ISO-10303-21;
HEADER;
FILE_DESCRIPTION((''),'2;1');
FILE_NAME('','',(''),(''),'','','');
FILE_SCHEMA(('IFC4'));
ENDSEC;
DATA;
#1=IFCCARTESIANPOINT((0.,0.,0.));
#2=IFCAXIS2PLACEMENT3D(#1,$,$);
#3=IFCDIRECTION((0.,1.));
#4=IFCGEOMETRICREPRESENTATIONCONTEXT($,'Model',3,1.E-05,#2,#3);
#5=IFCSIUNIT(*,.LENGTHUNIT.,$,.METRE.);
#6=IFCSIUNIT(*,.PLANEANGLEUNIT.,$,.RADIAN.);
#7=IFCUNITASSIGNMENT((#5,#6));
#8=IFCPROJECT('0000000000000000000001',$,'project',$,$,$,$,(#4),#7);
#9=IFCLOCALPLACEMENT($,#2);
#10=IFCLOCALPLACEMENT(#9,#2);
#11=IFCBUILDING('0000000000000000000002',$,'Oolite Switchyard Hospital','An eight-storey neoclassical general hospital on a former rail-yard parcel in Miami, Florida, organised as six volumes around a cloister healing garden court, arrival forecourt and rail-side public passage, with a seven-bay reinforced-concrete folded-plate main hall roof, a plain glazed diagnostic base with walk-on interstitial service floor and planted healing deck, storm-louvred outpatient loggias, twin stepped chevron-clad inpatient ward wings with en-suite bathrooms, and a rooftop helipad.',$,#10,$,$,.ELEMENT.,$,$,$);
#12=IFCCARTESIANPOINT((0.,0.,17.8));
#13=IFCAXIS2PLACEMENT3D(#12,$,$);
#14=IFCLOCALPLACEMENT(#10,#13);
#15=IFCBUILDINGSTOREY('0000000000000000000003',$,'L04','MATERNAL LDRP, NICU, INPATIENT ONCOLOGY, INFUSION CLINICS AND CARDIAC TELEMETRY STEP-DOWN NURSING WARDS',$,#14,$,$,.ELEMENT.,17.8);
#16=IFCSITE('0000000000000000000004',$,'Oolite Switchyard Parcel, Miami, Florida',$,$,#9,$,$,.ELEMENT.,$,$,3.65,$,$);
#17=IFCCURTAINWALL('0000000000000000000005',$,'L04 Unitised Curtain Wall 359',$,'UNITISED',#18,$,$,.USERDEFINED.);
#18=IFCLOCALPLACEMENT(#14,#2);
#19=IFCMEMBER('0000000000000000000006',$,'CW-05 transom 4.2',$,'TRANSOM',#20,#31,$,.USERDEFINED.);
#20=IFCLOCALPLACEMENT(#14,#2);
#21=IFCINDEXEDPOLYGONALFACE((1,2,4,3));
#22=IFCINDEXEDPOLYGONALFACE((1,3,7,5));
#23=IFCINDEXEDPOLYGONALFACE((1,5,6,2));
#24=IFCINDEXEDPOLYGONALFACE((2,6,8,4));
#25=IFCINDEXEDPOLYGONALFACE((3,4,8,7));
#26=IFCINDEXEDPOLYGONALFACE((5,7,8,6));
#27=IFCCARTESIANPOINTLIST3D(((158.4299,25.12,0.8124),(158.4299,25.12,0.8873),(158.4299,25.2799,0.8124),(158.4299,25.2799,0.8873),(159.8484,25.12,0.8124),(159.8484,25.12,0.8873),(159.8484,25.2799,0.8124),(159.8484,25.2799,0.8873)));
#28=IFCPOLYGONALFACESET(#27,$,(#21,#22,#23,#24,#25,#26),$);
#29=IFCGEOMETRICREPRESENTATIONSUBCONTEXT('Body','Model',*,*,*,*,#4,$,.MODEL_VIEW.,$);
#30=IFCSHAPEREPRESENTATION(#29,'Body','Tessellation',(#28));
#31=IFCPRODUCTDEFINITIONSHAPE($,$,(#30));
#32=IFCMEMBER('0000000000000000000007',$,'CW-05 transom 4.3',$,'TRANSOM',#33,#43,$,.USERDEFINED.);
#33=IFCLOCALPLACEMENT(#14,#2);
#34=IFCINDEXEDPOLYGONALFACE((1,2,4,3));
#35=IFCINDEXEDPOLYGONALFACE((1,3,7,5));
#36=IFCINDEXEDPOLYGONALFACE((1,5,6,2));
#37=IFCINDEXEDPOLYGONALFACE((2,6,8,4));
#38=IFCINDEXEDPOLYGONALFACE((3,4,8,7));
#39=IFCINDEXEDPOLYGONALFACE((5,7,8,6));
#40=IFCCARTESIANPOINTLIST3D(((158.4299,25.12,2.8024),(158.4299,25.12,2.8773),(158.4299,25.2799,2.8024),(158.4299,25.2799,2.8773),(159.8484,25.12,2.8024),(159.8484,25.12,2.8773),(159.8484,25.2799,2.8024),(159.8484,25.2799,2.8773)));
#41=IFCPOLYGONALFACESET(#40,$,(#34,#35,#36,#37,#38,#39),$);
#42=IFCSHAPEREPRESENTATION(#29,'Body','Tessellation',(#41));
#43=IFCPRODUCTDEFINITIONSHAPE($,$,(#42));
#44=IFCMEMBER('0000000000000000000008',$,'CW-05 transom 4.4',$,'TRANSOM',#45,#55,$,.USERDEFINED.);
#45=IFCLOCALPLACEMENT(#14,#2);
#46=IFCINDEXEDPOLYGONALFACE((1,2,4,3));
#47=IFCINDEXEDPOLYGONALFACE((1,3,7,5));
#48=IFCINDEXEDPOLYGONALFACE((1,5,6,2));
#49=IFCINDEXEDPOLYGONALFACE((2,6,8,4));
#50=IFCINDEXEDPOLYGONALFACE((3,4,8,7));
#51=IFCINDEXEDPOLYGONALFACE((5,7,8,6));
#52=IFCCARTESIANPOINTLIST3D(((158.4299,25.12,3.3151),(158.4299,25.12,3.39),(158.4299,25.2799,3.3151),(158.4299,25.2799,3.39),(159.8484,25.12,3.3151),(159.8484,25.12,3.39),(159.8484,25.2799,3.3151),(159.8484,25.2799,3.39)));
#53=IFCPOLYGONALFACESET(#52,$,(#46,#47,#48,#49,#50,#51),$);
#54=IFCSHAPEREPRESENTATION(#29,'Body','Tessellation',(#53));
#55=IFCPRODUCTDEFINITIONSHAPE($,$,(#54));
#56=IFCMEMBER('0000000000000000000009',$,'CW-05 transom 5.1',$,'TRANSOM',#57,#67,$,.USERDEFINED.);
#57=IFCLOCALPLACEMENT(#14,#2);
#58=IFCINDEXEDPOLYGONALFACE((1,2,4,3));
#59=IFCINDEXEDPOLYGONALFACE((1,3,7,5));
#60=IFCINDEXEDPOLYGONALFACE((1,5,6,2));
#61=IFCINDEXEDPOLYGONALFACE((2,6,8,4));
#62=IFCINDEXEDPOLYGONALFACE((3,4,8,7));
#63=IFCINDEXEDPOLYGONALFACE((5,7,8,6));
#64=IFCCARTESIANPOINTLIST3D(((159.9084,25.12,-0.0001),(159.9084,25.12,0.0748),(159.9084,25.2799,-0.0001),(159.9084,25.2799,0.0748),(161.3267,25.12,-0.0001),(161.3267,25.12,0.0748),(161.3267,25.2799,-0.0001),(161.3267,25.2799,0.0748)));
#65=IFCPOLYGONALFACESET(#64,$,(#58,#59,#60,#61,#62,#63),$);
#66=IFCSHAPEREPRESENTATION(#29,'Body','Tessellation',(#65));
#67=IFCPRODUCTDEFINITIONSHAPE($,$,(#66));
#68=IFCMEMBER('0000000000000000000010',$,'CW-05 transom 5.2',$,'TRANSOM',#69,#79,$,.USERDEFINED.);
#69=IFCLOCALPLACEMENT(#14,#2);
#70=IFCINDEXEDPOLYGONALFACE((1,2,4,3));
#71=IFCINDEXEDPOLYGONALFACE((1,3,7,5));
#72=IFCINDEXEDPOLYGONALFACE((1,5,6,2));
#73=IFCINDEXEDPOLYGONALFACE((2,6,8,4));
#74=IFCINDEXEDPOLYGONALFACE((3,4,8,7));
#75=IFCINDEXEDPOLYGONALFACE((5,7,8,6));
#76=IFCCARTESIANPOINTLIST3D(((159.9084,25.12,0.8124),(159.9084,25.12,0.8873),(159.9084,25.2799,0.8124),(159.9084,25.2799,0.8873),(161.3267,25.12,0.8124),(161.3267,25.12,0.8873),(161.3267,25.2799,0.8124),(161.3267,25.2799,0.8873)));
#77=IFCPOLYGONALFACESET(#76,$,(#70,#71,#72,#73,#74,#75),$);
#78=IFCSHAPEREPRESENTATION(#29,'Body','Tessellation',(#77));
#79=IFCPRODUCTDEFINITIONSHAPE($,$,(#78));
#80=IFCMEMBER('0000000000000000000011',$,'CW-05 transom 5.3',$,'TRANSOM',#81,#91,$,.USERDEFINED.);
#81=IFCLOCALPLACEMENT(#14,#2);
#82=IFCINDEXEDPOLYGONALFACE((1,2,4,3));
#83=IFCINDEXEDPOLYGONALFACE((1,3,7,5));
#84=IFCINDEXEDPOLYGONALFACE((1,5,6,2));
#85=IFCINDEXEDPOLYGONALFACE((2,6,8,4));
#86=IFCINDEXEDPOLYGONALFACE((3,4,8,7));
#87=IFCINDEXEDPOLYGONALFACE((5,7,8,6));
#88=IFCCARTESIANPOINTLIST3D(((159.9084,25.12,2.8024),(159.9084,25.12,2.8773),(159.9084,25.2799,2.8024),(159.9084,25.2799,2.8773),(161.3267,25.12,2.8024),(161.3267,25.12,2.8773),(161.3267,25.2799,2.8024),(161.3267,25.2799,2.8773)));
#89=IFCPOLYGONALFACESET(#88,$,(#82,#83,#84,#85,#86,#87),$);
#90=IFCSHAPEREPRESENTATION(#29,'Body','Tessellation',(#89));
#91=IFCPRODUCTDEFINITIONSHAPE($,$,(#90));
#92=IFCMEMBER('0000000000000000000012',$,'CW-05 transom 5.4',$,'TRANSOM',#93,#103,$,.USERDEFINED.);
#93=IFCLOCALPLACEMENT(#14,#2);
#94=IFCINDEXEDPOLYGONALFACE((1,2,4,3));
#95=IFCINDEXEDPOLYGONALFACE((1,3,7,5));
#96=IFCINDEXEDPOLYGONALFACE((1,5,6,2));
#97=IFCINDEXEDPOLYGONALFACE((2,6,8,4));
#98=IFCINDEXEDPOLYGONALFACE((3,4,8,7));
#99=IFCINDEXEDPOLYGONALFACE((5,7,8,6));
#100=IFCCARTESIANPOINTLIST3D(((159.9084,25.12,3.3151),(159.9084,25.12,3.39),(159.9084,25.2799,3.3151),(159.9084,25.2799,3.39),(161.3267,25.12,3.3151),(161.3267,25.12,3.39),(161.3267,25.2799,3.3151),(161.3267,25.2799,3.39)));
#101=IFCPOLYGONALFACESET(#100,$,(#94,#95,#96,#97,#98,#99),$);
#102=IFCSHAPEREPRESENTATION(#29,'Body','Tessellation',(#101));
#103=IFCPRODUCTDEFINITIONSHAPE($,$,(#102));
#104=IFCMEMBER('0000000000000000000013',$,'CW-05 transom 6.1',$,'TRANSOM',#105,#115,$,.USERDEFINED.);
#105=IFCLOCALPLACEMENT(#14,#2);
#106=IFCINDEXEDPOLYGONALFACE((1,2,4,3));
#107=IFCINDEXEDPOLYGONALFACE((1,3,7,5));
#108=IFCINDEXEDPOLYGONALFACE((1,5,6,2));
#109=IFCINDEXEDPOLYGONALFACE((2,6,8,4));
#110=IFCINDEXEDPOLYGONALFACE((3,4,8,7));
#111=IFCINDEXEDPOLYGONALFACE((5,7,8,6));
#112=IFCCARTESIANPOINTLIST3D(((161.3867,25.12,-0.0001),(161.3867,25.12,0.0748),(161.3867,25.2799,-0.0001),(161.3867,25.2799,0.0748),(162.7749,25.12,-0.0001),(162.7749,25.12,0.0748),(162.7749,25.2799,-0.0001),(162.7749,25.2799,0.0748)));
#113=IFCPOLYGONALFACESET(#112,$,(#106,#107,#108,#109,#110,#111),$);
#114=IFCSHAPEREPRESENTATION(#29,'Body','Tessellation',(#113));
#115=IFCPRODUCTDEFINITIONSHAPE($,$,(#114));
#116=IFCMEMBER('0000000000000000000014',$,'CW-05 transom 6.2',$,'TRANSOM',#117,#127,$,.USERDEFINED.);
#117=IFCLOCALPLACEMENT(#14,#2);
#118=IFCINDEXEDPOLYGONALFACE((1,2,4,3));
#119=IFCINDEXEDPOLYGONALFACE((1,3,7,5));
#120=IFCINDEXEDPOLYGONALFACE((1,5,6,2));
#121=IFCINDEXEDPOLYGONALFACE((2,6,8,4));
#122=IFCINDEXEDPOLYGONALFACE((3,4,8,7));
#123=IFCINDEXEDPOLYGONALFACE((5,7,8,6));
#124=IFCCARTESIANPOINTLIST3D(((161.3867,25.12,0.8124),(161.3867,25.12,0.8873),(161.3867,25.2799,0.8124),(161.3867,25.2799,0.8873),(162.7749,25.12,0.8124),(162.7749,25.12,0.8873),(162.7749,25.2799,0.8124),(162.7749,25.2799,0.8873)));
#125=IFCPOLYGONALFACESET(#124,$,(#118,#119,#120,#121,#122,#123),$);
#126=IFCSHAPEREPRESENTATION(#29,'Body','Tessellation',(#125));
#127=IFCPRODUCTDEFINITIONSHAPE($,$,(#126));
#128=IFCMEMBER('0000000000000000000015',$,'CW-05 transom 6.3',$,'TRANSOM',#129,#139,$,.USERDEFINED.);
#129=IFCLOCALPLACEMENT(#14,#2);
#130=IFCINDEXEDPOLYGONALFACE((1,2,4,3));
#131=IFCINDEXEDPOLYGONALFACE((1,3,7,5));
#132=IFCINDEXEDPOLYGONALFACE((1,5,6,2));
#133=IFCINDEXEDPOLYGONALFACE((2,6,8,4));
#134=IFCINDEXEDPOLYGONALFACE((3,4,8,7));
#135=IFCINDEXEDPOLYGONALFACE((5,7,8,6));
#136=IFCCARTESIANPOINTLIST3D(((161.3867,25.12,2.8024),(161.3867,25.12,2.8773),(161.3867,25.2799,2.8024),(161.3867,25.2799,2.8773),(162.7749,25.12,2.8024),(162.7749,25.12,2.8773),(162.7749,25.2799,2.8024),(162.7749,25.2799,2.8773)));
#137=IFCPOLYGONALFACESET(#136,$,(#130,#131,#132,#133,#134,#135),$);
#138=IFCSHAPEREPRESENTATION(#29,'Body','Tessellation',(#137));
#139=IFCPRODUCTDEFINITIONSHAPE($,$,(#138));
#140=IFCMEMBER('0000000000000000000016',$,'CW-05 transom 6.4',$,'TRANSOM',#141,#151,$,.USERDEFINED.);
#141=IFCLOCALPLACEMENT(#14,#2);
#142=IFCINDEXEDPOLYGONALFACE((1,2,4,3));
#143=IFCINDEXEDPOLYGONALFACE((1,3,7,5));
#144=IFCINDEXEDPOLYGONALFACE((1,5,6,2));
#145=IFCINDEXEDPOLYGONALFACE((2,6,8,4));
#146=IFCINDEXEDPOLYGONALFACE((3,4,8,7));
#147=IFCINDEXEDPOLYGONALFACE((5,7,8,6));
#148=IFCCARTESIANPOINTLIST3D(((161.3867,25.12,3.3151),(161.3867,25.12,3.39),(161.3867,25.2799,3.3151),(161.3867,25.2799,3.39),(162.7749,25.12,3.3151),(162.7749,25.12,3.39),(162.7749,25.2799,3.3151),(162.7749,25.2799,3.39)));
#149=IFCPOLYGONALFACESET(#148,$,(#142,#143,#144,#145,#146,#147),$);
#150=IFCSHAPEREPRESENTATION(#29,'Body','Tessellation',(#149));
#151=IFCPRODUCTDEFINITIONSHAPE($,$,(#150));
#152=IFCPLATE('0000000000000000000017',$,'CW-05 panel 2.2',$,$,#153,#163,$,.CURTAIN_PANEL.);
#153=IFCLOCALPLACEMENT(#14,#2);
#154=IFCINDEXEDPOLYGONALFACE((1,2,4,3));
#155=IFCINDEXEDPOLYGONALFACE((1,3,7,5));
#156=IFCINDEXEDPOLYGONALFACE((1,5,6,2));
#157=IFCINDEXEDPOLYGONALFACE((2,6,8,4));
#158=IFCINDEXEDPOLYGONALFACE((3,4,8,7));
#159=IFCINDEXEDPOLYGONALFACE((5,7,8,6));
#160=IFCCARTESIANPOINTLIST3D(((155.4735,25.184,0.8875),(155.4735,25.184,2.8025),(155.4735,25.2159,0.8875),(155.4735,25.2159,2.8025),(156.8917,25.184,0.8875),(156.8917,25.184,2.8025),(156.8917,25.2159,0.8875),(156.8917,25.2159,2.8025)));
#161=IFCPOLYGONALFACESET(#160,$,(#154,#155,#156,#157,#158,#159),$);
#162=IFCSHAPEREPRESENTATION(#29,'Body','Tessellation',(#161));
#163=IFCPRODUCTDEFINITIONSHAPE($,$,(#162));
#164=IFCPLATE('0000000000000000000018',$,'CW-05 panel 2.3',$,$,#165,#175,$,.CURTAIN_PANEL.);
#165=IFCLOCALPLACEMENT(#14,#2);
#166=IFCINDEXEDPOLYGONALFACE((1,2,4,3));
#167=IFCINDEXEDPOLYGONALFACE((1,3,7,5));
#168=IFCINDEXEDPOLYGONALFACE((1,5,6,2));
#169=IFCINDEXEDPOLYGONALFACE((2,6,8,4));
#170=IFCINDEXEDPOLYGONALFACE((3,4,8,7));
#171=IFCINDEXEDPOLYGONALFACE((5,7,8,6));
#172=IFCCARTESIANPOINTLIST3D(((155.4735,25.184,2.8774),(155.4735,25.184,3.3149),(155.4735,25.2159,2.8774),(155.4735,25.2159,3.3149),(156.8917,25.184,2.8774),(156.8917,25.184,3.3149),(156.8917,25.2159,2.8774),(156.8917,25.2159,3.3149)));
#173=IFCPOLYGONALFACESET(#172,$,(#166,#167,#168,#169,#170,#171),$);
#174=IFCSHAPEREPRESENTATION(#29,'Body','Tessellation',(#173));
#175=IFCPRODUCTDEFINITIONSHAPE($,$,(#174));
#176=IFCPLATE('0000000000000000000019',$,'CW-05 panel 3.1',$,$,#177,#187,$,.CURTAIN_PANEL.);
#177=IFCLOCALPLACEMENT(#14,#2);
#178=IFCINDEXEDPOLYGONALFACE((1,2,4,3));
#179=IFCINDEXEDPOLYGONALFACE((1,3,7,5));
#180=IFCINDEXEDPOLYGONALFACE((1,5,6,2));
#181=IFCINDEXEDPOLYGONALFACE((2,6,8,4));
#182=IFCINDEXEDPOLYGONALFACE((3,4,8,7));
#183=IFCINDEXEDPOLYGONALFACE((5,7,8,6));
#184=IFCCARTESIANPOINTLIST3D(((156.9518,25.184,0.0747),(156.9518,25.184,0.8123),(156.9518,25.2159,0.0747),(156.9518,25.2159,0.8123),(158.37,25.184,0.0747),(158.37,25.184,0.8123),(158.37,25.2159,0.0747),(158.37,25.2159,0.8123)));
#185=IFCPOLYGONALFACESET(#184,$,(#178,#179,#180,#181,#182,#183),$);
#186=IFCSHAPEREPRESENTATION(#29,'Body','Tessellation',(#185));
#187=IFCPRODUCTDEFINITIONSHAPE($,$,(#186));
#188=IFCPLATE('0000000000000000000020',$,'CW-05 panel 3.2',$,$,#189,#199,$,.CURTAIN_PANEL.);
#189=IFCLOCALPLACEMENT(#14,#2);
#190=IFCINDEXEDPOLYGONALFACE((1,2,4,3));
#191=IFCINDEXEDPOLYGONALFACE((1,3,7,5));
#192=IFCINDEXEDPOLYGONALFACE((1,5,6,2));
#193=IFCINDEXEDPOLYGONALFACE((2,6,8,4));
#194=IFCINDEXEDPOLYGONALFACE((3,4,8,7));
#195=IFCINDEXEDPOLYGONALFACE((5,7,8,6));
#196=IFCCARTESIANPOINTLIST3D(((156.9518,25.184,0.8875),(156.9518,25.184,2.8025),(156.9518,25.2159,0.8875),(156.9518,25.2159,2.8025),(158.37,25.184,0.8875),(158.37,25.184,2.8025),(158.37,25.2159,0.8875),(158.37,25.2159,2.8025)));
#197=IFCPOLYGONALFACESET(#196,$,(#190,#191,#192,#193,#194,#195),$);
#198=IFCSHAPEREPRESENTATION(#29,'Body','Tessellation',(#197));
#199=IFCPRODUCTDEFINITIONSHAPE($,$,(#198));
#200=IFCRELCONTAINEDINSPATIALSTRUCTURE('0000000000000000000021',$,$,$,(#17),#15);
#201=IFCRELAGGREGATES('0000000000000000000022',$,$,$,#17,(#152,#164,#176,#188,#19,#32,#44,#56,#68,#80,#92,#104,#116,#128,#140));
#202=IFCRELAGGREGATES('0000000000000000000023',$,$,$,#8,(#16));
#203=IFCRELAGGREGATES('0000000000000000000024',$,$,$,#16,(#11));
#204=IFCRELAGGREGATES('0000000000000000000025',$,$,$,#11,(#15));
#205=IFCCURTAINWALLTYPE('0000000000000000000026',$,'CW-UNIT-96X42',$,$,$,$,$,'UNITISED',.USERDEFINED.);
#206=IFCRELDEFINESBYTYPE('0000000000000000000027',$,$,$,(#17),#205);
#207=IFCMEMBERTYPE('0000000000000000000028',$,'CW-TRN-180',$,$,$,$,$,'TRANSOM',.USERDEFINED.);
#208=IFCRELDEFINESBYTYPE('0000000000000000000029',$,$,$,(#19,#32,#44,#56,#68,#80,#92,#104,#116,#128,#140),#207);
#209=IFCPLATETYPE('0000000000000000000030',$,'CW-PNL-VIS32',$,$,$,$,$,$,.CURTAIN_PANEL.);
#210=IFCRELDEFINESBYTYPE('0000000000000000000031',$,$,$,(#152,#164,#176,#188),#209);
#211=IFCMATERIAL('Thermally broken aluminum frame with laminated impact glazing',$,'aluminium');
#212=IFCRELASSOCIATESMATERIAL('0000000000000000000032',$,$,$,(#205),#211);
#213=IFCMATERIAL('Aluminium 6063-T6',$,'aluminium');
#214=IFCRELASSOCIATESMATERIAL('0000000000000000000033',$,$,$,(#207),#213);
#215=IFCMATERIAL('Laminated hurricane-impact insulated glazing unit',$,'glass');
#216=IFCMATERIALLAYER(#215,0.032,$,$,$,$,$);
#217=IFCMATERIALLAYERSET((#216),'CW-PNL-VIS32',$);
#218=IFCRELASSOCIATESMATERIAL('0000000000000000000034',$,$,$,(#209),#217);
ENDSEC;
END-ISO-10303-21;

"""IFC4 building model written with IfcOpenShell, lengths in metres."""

from ifc_helpers import new_model, si_unit, direction, frame, origin, origin_2d, place, context, subcontext, project, spatial, rectangle, extrude, material, layer, layer_set, material_profile, profile_set, type_object, element, aggregate, save


model = new_model("IFC4")

# Units and contexts
model_context = context("Model", 3, precision=1e-05, world=origin(), true_north=direction((0.0, 1.0)))
body_context = subcontext(model_context, "Body", "Model", "MODEL_VIEW")
ifc_project = project(units=[si_unit("LENGTHUNIT", "METRE"), si_unit("PLANEANGLEUNIT", "RADIAN")], contexts=[model_context])

# Site, building, storey
site_placement = place(None, origin())
site = spatial("IfcSite", under=ifc_project, at=site_placement, Name="Oolite Switchyard Parcel, Miami, Florida", CompositionType="ELEMENT", RefElevation=3.65)
building_placement = place(site_placement, origin())
building = spatial("IfcBuilding", under=site, at=building_placement, Name="Oolite Switchyard Hospital", Description="An eight-storey neoclassical general hospital on a former rail-yard parcel in Miami, Florida, organised as six volumes around a cloister healing garden court, arrival forecourt and rail-side public passage, with a seven-bay reinforced-concrete folded-plate main hall roof, a plain glazed diagnostic base with walk-on interstitial service floor and planted healing deck, storm-louvred outpatient loggias, twin stepped chevron-clad inpatient ward wings with en-suite bathrooms, and a rooftop helipad.", CompositionType="ELEMENT")
storey_placement = place(building_placement, frame((0.0, 0.0, 17.8)))
storey = spatial("IfcBuildingStorey", under=building, at=storey_placement, Name="L04", Description="MATERNAL LDRP, NICU, INPATIENT ONCOLOGY, INFUSION CLINICS AND CARDIAC TELEMETRY STEP-DOWN NURSING WARDS", CompositionType="ELEMENT", Elevation=17.8)

# Curtain wall
ifc_material_1 = material(Name="Thermally broken aluminum frame with laminated impact glazing", Category="aluminium")
curtain_wall_type = type_object("IfcCurtainWallType", Name="CW-UNIT-96X42", ElementType="UNITISED", PredefinedType="USERDEFINED", material=ifc_material_1)
curtain_wall_1_placement = place(storey_placement, origin())
curtain_wall_1 = element("IfcCurtainWall", 1, at=curtain_wall_1_placement, inside=storey, type_object=curtain_wall_type, Name="L04 Unitised Curtain Wall 359", ObjectType="UNITISED", PredefinedType="USERDEFINED")
ifc_material_2 = material(Name="Aluminium 6063-T6", Category="aluminium")

# Members
ifc_material_profile_1 = material_profile(ifc_material_2, rectangle(XDim=0.1599, YDim=0.075, at=origin_2d()), Name="CWT75X160")
ifc_profile_set_1 = profile_set([ifc_material_profile_1], Name="Aluminium 6063-T6")
member_type_1 = type_object("IfcMemberType", Name="CW-TRN-180", ElementType="TRANSOM", PredefinedType="USERDEFINED", material=ifc_profile_set_1)
member_1_placement = place(storey_placement, frame((158.4299, 25.2, 0.8499), z_axis=(1.0, 0.0, 0.0), x_axis=(0.0, 1.0, 0.0)))
member_1 = element("IfcMember", 2, at=member_1_placement, type_object=member_type_1, Name="CW-05 transom 4.2", ObjectType="TRANSOM", PredefinedType="USERDEFINED", context=body_context, shape_type="SweptSolid", body=[
    extrude(rectangle(XDim=0.1599, YDim=0.075, at=origin_2d()), origin(), (0.0, 0.0, 1.0), 1.4185),
])
member_2_placement = place(storey_placement, frame((158.4299, 25.2, 2.8398), z_axis=(1.0, 0.0, 0.0), x_axis=(0.0, 1.0, 0.0)))
member_2 = element("IfcMember", 3, at=member_2_placement, type_object=member_type_1, Name="CW-05 transom 4.3", ObjectType="TRANSOM", PredefinedType="USERDEFINED", context=body_context, shape_type="SweptSolid", body=[
    extrude(rectangle(XDim=0.1599, YDim=0.075, at=origin_2d()), origin(), (0.0, 0.0, 1.0), 1.4185),
])
member_3_placement = place(storey_placement, frame((158.4299, 25.2, 3.3525), z_axis=(1.0, 0.0, 0.0), x_axis=(0.0, 1.0, 0.0)))
member_3 = element("IfcMember", 4, at=member_3_placement, type_object=member_type_1, Name="CW-05 transom 4.4", ObjectType="TRANSOM", PredefinedType="USERDEFINED", context=body_context, shape_type="SweptSolid", body=[
    extrude(rectangle(XDim=0.1599, YDim=0.075, at=origin_2d()), origin(), (0.0, 0.0, 1.0), 1.4185),
])
member_4_placement = place(storey_placement, frame((159.9084, 25.2, 0.0374), z_axis=(1.0, 0.0, 0.0), x_axis=(0.0, 1.0, 0.0)))
member_4 = element("IfcMember", 5, at=member_4_placement, type_object=member_type_1, Name="CW-05 transom 5.1", ObjectType="TRANSOM", PredefinedType="USERDEFINED", context=body_context, shape_type="SweptSolid", body=[
    extrude(rectangle(XDim=0.1599, YDim=0.075, at=origin_2d()), origin(), (0.0, 0.0, 1.0), 1.4182),
])
member_5_placement = place(storey_placement, frame((159.9084, 25.2, 0.8499), z_axis=(1.0, 0.0, 0.0), x_axis=(0.0, 1.0, 0.0)))
member_5 = element("IfcMember", 6, at=member_5_placement, type_object=member_type_1, Name="CW-05 transom 5.2", ObjectType="TRANSOM", PredefinedType="USERDEFINED", context=body_context, shape_type="SweptSolid", body=[
    extrude(rectangle(XDim=0.1599, YDim=0.075, at=origin_2d()), origin(), (0.0, 0.0, 1.0), 1.4182),
])
member_6_placement = place(storey_placement, frame((159.9084, 25.2, 2.8398), z_axis=(1.0, 0.0, 0.0), x_axis=(0.0, 1.0, 0.0)))
member_6 = element("IfcMember", 7, at=member_6_placement, type_object=member_type_1, Name="CW-05 transom 5.3", ObjectType="TRANSOM", PredefinedType="USERDEFINED", context=body_context, shape_type="SweptSolid", body=[
    extrude(rectangle(XDim=0.1599, YDim=0.075, at=origin_2d()), origin(), (0.0, 0.0, 1.0), 1.4182),
])
member_7_placement = place(storey_placement, frame((159.9084, 25.2, 3.3525), z_axis=(1.0, 0.0, 0.0), x_axis=(0.0, 1.0, 0.0)))
member_7 = element("IfcMember", 8, at=member_7_placement, type_object=member_type_1, Name="CW-05 transom 5.4", ObjectType="TRANSOM", PredefinedType="USERDEFINED", context=body_context, shape_type="SweptSolid", body=[
    extrude(rectangle(XDim=0.1599, YDim=0.075, at=origin_2d()), origin(), (0.0, 0.0, 1.0), 1.4182),
])
member_8_placement = place(storey_placement, frame((161.3867, 25.2, 0.0374), z_axis=(1.0, 0.0, 0.0), x_axis=(0.0, 1.0, 0.0)))
member_8 = element("IfcMember", 9, at=member_8_placement, type_object=member_type_1, Name="CW-05 transom 6.1", ObjectType="TRANSOM", PredefinedType="USERDEFINED", context=body_context, shape_type="SweptSolid", body=[
    extrude(rectangle(XDim=0.1599, YDim=0.075, at=origin_2d()), origin(), (0.0, 0.0, 1.0), 1.3882),
])
member_9_placement = place(storey_placement, frame((161.3867, 25.2, 0.8499), z_axis=(1.0, 0.0, 0.0), x_axis=(0.0, 1.0, 0.0)))
member_9 = element("IfcMember", 10, at=member_9_placement, type_object=member_type_1, Name="CW-05 transom 6.2", ObjectType="TRANSOM", PredefinedType="USERDEFINED", context=body_context, shape_type="SweptSolid", body=[
    extrude(rectangle(XDim=0.1599, YDim=0.075, at=origin_2d()), origin(), (0.0, 0.0, 1.0), 1.3882),
])
member_10_placement = place(storey_placement, frame((161.3867, 25.2, 2.8398), z_axis=(1.0, 0.0, 0.0), x_axis=(0.0, 1.0, 0.0)))
member_10 = element("IfcMember", 11, at=member_10_placement, type_object=member_type_1, Name="CW-05 transom 6.3", ObjectType="TRANSOM", PredefinedType="USERDEFINED", context=body_context, shape_type="SweptSolid", body=[
    extrude(rectangle(XDim=0.1599, YDim=0.075, at=origin_2d()), origin(), (0.0, 0.0, 1.0), 1.3882),
])
member_11_placement = place(storey_placement, frame((161.3867, 25.2, 3.3525), z_axis=(1.0, 0.0, 0.0), x_axis=(0.0, 1.0, 0.0)))
member_11 = element("IfcMember", 12, at=member_11_placement, type_object=member_type_1, Name="CW-05 transom 6.4", ObjectType="TRANSOM", PredefinedType="USERDEFINED", context=body_context, shape_type="SweptSolid", body=[
    extrude(rectangle(XDim=0.1599, YDim=0.075, at=origin_2d()), origin(), (0.0, 0.0, 1.0), 1.3882),
])

# Plates
ifc_material_3 = material(Name="Laminated hurricane-impact insulated glazing unit", Category="glass")
ifc_layer = layer(ifc_material_3, 0.032)
ifc_layer_set = layer_set([ifc_layer], Name="CW-PNL-VIS32")
plate_type = type_object("IfcPlateType", Name="CW-PNL-VIS32", PredefinedType="CURTAIN_PANEL", material=ifc_layer_set)
plate_1_placement = place(storey_placement, frame((156.1826, 25.2, 0.8875), z_axis=(0.0, 0.0, 1.0), x_axis=(1.0, 0.0, 0.0)))
plate_1 = element("IfcPlate", 13, at=plate_1_placement, type_object=plate_type, Name="CW-05 panel 2.2", PredefinedType="CURTAIN_PANEL", context=body_context, shape_type="SweptSolid", body=[
    extrude(rectangle(XDim=1.4182, YDim=0.032, at=origin_2d()), origin(), (0.0, 0.0, 1.0), 1.915),
])
plate_2_placement = place(storey_placement, frame((156.1826, 25.2, 2.8774), z_axis=(0.0, 0.0, 1.0), x_axis=(1.0, 0.0, 0.0)))
plate_2 = element("IfcPlate", 14, at=plate_2_placement, type_object=plate_type, Name="CW-05 panel 2.3", PredefinedType="CURTAIN_PANEL", context=body_context, shape_type="SweptSolid", body=[
    extrude(rectangle(XDim=1.4182, YDim=0.032, at=origin_2d()), origin(), (0.0, 0.0, 1.0), 0.4375),
])
plate_3_placement = place(storey_placement, frame((157.6609, 25.2, 0.0747), z_axis=(0.0, 0.0, 1.0), x_axis=(1.0, 0.0, 0.0)))
plate_3 = element("IfcPlate", 15, at=plate_3_placement, type_object=plate_type, Name="CW-05 panel 3.1", PredefinedType="CURTAIN_PANEL", context=body_context, shape_type="SweptSolid", body=[
    extrude(rectangle(XDim=1.4182, YDim=0.032, at=origin_2d()), origin(), (0.0, 0.0, 1.0), 0.7375),
])
plate_4_placement = place(storey_placement, frame((157.6609, 25.2, 0.8875), z_axis=(0.0, 0.0, 1.0), x_axis=(1.0, 0.0, 0.0)))
plate_4 = element("IfcPlate", 16, at=plate_4_placement, type_object=plate_type, Name="CW-05 panel 3.2", PredefinedType="CURTAIN_PANEL", context=body_context, shape_type="SweptSolid", body=[
    extrude(rectangle(XDim=1.4182, YDim=0.032, at=origin_2d()), origin(), (0.0, 0.0, 1.0), 1.915),
])
aggregate(curtain_wall_1, [plate_1, plate_2, plate_3, plate_4, member_1, member_2, member_3, member_4, member_5, member_6, member_7, member_8, member_9, member_10, member_11])

save(model, "model.ifc")
